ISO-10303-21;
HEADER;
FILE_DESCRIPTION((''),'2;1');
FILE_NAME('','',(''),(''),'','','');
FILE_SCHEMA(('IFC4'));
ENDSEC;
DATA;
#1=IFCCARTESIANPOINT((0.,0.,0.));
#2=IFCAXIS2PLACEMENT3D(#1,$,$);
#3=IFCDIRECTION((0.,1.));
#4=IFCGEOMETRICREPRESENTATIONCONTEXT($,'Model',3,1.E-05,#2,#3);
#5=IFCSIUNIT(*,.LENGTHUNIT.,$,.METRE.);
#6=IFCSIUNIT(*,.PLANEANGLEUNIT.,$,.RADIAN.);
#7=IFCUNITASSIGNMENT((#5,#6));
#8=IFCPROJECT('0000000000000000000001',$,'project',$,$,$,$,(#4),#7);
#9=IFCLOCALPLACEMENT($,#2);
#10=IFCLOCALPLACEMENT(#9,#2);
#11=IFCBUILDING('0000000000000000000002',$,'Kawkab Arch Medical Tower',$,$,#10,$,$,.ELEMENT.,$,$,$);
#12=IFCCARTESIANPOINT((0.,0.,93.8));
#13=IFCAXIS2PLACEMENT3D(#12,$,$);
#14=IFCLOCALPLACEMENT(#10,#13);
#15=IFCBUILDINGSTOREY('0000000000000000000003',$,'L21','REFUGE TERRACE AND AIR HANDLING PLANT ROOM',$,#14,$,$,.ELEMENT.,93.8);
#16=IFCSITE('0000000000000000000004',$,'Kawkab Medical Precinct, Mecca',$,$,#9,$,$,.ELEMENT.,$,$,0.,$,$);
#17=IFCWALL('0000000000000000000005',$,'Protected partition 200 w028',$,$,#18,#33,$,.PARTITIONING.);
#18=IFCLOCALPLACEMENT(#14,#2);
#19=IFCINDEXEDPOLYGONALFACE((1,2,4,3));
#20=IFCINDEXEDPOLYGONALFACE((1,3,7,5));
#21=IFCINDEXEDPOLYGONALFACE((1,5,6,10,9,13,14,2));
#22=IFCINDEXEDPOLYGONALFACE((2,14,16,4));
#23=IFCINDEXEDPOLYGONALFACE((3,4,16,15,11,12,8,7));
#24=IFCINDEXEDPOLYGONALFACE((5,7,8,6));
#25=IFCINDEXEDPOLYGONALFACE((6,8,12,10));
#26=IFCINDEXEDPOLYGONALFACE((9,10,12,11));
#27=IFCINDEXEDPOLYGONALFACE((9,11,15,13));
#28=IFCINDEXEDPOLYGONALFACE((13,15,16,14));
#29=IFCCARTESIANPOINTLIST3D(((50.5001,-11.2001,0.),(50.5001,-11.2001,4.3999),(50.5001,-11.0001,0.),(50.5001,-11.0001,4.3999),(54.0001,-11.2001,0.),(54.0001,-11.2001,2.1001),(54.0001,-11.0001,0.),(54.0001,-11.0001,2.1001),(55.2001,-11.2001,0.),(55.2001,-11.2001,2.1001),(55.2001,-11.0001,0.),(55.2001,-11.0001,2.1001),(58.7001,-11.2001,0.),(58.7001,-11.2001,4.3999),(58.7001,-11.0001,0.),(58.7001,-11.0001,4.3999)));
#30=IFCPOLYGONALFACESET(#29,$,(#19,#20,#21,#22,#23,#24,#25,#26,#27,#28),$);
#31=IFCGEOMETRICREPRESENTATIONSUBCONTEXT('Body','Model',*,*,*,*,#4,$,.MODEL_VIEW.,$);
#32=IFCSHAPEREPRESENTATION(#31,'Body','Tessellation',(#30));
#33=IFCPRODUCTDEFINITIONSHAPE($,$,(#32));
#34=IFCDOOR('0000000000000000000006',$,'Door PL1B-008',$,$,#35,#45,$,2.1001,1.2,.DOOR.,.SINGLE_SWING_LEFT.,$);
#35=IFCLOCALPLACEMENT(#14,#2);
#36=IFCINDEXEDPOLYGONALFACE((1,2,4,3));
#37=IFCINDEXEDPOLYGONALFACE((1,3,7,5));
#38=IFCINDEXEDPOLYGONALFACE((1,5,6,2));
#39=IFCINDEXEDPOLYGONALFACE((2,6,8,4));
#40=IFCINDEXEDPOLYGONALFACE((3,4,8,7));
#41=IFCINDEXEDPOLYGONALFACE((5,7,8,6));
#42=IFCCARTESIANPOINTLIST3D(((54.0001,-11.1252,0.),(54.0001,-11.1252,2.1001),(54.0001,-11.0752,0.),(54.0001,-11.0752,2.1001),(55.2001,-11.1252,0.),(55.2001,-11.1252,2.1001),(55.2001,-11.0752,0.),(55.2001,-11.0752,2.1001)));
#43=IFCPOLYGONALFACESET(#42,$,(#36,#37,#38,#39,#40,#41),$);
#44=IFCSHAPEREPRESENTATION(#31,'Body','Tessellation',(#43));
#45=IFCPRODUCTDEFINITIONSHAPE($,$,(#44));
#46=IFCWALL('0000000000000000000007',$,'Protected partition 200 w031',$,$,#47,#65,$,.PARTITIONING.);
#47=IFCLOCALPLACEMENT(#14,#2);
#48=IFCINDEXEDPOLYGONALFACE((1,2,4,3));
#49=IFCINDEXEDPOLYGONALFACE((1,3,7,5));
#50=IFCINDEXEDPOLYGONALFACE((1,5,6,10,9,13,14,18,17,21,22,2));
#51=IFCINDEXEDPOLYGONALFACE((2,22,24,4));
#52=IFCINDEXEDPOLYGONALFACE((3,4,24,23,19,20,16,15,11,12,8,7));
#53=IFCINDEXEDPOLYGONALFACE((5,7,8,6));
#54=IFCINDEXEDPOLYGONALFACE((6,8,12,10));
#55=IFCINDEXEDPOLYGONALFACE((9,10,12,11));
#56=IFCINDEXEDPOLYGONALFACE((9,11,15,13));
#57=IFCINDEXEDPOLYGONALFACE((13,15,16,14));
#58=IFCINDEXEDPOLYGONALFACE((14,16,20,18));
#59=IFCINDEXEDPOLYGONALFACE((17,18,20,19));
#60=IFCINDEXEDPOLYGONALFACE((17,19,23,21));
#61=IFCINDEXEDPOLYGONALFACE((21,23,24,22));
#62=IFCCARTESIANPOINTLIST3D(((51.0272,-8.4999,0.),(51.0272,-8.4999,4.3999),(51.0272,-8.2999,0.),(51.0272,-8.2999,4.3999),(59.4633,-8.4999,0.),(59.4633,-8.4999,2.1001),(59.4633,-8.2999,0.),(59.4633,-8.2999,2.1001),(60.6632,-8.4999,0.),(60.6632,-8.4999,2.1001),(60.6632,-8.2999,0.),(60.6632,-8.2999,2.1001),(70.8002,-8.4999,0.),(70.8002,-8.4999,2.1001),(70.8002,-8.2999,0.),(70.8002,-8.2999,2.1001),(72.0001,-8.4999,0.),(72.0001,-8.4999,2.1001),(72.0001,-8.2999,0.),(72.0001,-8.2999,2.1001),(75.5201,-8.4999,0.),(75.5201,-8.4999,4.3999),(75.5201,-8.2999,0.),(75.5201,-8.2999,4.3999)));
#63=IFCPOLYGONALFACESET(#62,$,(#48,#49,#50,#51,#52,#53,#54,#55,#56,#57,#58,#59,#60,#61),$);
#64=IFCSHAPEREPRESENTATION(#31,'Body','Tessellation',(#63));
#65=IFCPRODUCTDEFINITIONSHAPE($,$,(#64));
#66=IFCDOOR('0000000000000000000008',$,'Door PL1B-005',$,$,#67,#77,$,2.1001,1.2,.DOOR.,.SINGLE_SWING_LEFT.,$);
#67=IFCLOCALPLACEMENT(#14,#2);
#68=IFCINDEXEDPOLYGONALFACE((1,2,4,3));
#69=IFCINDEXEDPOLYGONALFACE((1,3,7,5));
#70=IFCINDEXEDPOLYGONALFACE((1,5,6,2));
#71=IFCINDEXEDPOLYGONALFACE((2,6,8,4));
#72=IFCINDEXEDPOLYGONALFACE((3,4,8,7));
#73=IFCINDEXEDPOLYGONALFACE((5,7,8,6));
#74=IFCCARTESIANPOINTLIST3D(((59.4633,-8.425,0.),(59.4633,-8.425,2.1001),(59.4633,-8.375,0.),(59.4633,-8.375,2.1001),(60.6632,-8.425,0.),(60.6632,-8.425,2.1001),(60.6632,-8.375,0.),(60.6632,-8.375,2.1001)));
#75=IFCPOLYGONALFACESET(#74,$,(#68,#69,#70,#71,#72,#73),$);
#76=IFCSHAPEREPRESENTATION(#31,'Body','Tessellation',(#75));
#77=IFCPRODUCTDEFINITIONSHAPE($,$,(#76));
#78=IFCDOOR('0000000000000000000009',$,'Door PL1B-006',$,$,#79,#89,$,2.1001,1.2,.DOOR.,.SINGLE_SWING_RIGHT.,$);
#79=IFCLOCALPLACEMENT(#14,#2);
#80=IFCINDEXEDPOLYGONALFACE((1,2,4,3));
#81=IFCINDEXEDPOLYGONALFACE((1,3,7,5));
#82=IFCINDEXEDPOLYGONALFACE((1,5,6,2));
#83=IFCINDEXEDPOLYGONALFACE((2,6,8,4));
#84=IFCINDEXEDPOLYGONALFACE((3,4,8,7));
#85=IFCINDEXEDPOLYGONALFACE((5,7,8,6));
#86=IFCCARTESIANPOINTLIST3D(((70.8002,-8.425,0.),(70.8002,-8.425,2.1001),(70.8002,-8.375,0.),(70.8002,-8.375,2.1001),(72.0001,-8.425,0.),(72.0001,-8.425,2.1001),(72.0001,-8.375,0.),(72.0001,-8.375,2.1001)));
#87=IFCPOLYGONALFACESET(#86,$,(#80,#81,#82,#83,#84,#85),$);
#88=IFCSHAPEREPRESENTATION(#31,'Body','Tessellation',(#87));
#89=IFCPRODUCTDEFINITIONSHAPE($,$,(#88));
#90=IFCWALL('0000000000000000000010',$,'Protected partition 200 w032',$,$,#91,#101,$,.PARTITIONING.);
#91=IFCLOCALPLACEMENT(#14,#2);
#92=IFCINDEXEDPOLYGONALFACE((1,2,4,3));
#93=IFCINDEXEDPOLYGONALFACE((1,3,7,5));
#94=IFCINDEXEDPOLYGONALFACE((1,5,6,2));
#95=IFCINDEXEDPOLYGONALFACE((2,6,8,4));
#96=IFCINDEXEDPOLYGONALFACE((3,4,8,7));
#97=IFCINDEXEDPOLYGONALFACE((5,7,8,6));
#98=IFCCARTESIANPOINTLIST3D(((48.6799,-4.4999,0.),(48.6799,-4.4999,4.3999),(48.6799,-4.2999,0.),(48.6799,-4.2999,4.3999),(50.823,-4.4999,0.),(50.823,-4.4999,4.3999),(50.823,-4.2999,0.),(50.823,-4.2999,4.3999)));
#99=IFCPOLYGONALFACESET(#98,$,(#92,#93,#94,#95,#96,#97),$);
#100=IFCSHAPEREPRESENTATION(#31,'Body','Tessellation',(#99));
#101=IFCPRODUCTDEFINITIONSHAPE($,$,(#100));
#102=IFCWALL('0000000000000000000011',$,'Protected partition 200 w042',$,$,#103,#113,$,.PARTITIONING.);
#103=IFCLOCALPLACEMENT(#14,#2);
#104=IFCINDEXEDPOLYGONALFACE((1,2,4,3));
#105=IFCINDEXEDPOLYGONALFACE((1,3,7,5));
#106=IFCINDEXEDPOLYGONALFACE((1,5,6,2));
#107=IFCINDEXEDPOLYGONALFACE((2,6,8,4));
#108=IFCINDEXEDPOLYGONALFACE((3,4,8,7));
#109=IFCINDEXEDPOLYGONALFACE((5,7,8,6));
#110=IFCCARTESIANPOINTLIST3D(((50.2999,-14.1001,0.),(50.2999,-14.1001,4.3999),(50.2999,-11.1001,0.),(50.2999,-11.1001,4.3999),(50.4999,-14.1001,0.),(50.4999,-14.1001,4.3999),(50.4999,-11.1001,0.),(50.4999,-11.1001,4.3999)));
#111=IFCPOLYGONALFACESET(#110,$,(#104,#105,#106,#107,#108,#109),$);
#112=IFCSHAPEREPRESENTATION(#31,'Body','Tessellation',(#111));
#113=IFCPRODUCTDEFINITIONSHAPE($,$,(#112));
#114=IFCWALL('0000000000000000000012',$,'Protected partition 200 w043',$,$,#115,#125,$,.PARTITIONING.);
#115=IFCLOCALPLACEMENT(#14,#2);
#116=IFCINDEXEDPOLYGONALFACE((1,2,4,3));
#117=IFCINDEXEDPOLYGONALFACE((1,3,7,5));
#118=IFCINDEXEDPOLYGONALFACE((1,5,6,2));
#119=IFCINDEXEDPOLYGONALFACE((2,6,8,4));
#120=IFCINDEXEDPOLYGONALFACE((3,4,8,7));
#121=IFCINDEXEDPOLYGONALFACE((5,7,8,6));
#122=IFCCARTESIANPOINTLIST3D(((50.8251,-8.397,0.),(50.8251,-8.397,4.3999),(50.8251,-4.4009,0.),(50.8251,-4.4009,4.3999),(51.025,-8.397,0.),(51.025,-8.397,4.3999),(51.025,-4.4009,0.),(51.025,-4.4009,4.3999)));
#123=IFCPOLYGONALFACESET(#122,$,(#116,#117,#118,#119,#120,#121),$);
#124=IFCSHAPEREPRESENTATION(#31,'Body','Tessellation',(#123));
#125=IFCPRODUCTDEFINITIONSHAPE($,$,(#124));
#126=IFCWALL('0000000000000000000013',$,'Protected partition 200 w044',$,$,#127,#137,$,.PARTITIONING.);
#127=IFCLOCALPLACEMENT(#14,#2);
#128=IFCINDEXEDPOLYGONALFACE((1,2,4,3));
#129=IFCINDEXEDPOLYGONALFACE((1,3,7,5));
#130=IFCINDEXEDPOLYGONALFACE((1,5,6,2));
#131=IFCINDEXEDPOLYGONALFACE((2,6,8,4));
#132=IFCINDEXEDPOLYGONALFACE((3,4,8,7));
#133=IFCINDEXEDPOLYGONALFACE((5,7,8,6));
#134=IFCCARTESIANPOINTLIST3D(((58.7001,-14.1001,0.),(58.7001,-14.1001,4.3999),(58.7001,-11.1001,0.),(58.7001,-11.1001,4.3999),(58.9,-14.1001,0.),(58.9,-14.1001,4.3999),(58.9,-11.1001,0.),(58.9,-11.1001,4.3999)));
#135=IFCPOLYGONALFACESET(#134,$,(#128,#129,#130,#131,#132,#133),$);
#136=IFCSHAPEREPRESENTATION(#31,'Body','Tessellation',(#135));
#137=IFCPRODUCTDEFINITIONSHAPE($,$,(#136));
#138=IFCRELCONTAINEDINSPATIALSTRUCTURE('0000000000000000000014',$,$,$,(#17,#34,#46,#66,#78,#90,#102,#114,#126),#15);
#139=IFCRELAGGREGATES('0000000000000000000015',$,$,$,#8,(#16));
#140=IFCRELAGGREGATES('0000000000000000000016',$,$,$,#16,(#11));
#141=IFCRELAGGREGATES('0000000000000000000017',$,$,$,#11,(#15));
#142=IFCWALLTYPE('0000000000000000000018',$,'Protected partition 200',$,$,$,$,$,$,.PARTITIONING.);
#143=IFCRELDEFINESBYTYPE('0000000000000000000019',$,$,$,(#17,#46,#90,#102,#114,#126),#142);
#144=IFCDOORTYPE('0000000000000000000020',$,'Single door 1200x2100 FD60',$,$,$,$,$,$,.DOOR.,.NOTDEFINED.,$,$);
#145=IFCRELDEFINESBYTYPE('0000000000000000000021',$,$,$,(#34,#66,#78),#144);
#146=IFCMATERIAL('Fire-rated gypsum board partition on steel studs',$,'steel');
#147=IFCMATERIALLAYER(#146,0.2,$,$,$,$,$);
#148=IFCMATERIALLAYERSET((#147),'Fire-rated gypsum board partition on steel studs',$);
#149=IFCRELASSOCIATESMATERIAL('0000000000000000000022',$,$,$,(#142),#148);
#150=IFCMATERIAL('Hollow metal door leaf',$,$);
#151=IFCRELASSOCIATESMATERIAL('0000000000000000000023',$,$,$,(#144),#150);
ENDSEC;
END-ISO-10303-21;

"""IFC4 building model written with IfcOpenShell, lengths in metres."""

from ifc_helpers import new_model, si_unit, direction, frame, frame_2d, origin, place, context, subcontext, project, spatial, rectangle, extrude, material, layer, layer_set, type_object, element, fill, save


model = new_model("IFC4")

# Units and contexts
model_context = context("Model", 3, precision=1e-05, world=origin(), true_north=direction((0.0, 1.0)))
body_context = subcontext(model_context, "Body", "Model", "MODEL_VIEW")
ifc_project = project(units=[si_unit("LENGTHUNIT", "METRE"), si_unit("PLANEANGLEUNIT", "RADIAN")], contexts=[model_context])

# Site, building, storey
site_placement = place(None, origin())
site = spatial("IfcSite", under=ifc_project, at=site_placement, Name="Kawkab Medical Precinct, Mecca", CompositionType="ELEMENT", RefElevation=0.0)
building_placement = place(site_placement, origin())
building = spatial("IfcBuilding", under=site, at=building_placement, Name="Kawkab Arch Medical Tower", CompositionType="ELEMENT")
storey_placement = place(building_placement, frame((0.0, 0.0, 93.8)))
storey = spatial("IfcBuildingStorey", under=building, at=storey_placement, Name="L21", Description="REFUGE TERRACE AND AIR HANDLING PLANT ROOM", CompositionType="ELEMENT", Elevation=93.8)

# Shared definitions
ifc_material_1 = material(Name="Fire-rated gypsum board partition on steel studs", Category="steel")
ifc_layer_1 = layer(ifc_material_1, 0.2)
ifc_layer_set_1 = layer_set([ifc_layer_1], Name="Fire-rated gypsum board partition on steel studs")
wall_type_1 = type_object("IfcWallType", Name="Protected partition 200", PredefinedType="PARTITIONING", material=ifc_layer_set_1)

# Wall, opening, door
wall_1_placement = place(storey_placement, frame((50.5, -11.1001, 0.0), z_axis=(0.0, 0.0, 1.0), x_axis=(1.0, 0.0, 0.0)))
wall_1 = element("IfcWall", 1, at=wall_1_placement, inside=storey, type_object=wall_type_1, Name="Protected partition 200 w028", PredefinedType="PARTITIONING", context=body_context, shape_type="SweptSolid", body=[
    extrude(rectangle(XDim=8.2, YDim=0.2, at=frame_2d((4.1001, 0.0))), origin(), (0.0, 0.0, 1.0), 4.3999),
])
opening_1_placement = place(wall_1_placement, frame((3.5, 0.0, 0.0)))
opening_1 = element("IfcOpeningElement", 2, at=opening_1_placement, cuts=wall_1, PredefinedType="OPENING", context=body_context, shape_type="SweptSolid", body=[
    extrude(rectangle(XDim=1.2, YDim=2.1001, at=frame_2d((0.6001, 1.05))), frame((0.0, 0.1099, 0.0), z_axis=(0.0, -1.0, 0.0), x_axis=(1.0, 0.0, 0.0)), (0.0, 0.0, 1.0), 0.22),
])
ifc_material_2 = material(Name="Hollow metal door leaf")
door_type = type_object("IfcDoorType", Name="Single door 1200x2100 FD60", OperationType="NOTDEFINED", PredefinedType="DOOR", material=ifc_material_2)
door_1_placement = place(opening_1_placement, origin())
door_1 = element("IfcDoor", 3, at=door_1_placement, inside=storey, type_object=door_type, Name="Door PL1B-008", OperationType="SINGLE_SWING_LEFT", OverallHeight=2.1001, OverallWidth=1.2, PredefinedType="DOOR", context=body_context, shape_type="SweptSolid", body=[
    extrude(rectangle(XDim=1.2, YDim=2.1001, at=frame_2d((0.6001, 1.05))), frame((0.0, 0.0249, 0.0), z_axis=(0.0, -1.0, 0.0), x_axis=(1.0, 0.0, 0.0)), (0.0, 0.0, 1.0), 0.05),
])
fill(opening_1, door_1)

# Wall, openings, doors
wall_2_placement = place(storey_placement, frame((51.0271, -8.3999, 0.0), z_axis=(0.0, 0.0, 1.0), x_axis=(1.0, 0.0, 0.0)))
wall_2 = element("IfcWall", 4, at=wall_2_placement, inside=storey, type_object=wall_type_1, Name="Protected partition 200 w031", PredefinedType="PARTITIONING", context=body_context, shape_type="SweptSolid", body=[
    extrude(rectangle(XDim=24.4929, YDim=0.2, at=frame_2d((12.2466, 0.0))), origin(), (0.0, 0.0, 1.0), 4.3999),
])
opening_2_placement = place(wall_2_placement, frame((8.436, 0.0, 0.0)))
opening_2 = element("IfcOpeningElement", 5, at=opening_2_placement, cuts=wall_2, PredefinedType="OPENING", context=body_context, shape_type="SweptSolid", body=[
    extrude(rectangle(XDim=1.2, YDim=2.1001, at=frame_2d((0.6001, 1.05))), frame((0.0, 0.1099, 0.0), z_axis=(0.0, -1.0, 0.0), x_axis=(1.0, 0.0, 0.0)), (0.0, 0.0, 1.0), 0.22),
])
opening_3_placement = place(wall_2_placement, frame((19.7729, 0.0, 0.0)))
opening_3 = element("IfcOpeningElement", 6, at=opening_3_placement, cuts=wall_2, PredefinedType="OPENING", context=body_context, shape_type="SweptSolid", body=[
    extrude(rectangle(XDim=1.2, YDim=2.1001, at=frame_2d((0.6001, 1.05))), frame((0.0, 0.1099, 0.0), z_axis=(0.0, -1.0, 0.0), x_axis=(1.0, 0.0, 0.0)), (0.0, 0.0, 1.0), 0.22),
])
door_2_placement = place(opening_2_placement, origin())
door_2 = element("IfcDoor", 7, at=door_2_placement, inside=storey, type_object=door_type, Name="Door PL1B-005", OperationType="SINGLE_SWING_LEFT", OverallHeight=2.1001, OverallWidth=1.2, PredefinedType="DOOR", context=body_context, shape_type="SweptSolid", body=[
    extrude(rectangle(XDim=1.2, YDim=2.1001, at=frame_2d((0.6001, 1.05))), frame((0.0, 0.0249, 0.0), z_axis=(0.0, -1.0, 0.0), x_axis=(1.0, 0.0, 0.0)), (0.0, 0.0, 1.0), 0.05),
])
fill(opening_2, door_2)
door_3_placement = place(opening_3_placement, origin())
door_3 = element("IfcDoor", 8, at=door_3_placement, inside=storey, type_object=door_type, Name="Door PL1B-006", OperationType="SINGLE_SWING_RIGHT", OverallHeight=2.1001, OverallWidth=1.2, PredefinedType="DOOR", context=body_context, shape_type="SweptSolid", body=[
    extrude(rectangle(XDim=1.2, YDim=2.1001, at=frame_2d((0.6001, 1.05))), frame((0.0, 0.0249, 0.0), z_axis=(0.0, -1.0, 0.0), x_axis=(1.0, 0.0, 0.0)), (0.0, 0.0, 1.0), 0.05),
])
fill(opening_3, door_3)

# Walls
wall_3_placement = place(storey_placement, frame((48.6799, -4.3999, 0.0), z_axis=(0.0, 0.0, 1.0), x_axis=(1.0, 0.0, 0.0)))
element("IfcWall", 9, at=wall_3_placement, inside=storey, type_object=wall_type_1, Name="Protected partition 200 w032", PredefinedType="PARTITIONING", context=body_context, shape_type="SweptSolid", body=[
    extrude(rectangle(XDim=2.1431, YDim=0.2, at=frame_2d((1.0715, 0.0))), origin(), (0.0, 0.0, 1.0), 4.3999),
])
wall_4_placement = place(storey_placement, frame((50.3999, -14.1001, 0.0), z_axis=(0.0, 0.0, 1.0), x_axis=(0.0, 1.0, 0.0)))
element("IfcWall", 10, at=wall_4_placement, inside=storey, type_object=wall_type_1, Name="Protected partition 200 w042", PredefinedType="PARTITIONING", context=body_context, shape_type="SweptSolid", body=[
    extrude(rectangle(XDim=3.0, YDim=0.2, at=frame_2d((1.5, 0.0))), origin(), (0.0, 0.0, 1.0), 4.3999),
])
wall_5_placement = place(storey_placement, frame((50.925, -8.397, 0.0), z_axis=(0.0, 0.0, 1.0), x_axis=(0.0, 1.0, 0.0)))
element("IfcWall", 11, at=wall_5_placement, inside=storey, type_object=wall_type_1, Name="Protected partition 200 w043", PredefinedType="PARTITIONING", context=body_context, shape_type="SweptSolid", body=[
    extrude(rectangle(XDim=3.9961, YDim=0.2, at=frame_2d((1.998, 0.0))), origin(), (0.0, 0.0, 1.0), 4.3999),
])
wall_6_placement = place(storey_placement, frame((58.8, -14.1001, 0.0), z_axis=(0.0, 0.0, 1.0), x_axis=(0.0, 1.0, 0.0)))
element("IfcWall", 12, at=wall_6_placement, inside=storey, type_object=wall_type_1, Name="Protected partition 200 w044", PredefinedType="PARTITIONING", context=body_context, shape_type="SweptSolid", body=[
    extrude(rectangle(XDim=3.0, YDim=0.2, at=frame_2d((1.5, 0.0))), origin(), (0.0, 0.0, 1.0), 4.3999),
])

save(model, "model.ifc")
